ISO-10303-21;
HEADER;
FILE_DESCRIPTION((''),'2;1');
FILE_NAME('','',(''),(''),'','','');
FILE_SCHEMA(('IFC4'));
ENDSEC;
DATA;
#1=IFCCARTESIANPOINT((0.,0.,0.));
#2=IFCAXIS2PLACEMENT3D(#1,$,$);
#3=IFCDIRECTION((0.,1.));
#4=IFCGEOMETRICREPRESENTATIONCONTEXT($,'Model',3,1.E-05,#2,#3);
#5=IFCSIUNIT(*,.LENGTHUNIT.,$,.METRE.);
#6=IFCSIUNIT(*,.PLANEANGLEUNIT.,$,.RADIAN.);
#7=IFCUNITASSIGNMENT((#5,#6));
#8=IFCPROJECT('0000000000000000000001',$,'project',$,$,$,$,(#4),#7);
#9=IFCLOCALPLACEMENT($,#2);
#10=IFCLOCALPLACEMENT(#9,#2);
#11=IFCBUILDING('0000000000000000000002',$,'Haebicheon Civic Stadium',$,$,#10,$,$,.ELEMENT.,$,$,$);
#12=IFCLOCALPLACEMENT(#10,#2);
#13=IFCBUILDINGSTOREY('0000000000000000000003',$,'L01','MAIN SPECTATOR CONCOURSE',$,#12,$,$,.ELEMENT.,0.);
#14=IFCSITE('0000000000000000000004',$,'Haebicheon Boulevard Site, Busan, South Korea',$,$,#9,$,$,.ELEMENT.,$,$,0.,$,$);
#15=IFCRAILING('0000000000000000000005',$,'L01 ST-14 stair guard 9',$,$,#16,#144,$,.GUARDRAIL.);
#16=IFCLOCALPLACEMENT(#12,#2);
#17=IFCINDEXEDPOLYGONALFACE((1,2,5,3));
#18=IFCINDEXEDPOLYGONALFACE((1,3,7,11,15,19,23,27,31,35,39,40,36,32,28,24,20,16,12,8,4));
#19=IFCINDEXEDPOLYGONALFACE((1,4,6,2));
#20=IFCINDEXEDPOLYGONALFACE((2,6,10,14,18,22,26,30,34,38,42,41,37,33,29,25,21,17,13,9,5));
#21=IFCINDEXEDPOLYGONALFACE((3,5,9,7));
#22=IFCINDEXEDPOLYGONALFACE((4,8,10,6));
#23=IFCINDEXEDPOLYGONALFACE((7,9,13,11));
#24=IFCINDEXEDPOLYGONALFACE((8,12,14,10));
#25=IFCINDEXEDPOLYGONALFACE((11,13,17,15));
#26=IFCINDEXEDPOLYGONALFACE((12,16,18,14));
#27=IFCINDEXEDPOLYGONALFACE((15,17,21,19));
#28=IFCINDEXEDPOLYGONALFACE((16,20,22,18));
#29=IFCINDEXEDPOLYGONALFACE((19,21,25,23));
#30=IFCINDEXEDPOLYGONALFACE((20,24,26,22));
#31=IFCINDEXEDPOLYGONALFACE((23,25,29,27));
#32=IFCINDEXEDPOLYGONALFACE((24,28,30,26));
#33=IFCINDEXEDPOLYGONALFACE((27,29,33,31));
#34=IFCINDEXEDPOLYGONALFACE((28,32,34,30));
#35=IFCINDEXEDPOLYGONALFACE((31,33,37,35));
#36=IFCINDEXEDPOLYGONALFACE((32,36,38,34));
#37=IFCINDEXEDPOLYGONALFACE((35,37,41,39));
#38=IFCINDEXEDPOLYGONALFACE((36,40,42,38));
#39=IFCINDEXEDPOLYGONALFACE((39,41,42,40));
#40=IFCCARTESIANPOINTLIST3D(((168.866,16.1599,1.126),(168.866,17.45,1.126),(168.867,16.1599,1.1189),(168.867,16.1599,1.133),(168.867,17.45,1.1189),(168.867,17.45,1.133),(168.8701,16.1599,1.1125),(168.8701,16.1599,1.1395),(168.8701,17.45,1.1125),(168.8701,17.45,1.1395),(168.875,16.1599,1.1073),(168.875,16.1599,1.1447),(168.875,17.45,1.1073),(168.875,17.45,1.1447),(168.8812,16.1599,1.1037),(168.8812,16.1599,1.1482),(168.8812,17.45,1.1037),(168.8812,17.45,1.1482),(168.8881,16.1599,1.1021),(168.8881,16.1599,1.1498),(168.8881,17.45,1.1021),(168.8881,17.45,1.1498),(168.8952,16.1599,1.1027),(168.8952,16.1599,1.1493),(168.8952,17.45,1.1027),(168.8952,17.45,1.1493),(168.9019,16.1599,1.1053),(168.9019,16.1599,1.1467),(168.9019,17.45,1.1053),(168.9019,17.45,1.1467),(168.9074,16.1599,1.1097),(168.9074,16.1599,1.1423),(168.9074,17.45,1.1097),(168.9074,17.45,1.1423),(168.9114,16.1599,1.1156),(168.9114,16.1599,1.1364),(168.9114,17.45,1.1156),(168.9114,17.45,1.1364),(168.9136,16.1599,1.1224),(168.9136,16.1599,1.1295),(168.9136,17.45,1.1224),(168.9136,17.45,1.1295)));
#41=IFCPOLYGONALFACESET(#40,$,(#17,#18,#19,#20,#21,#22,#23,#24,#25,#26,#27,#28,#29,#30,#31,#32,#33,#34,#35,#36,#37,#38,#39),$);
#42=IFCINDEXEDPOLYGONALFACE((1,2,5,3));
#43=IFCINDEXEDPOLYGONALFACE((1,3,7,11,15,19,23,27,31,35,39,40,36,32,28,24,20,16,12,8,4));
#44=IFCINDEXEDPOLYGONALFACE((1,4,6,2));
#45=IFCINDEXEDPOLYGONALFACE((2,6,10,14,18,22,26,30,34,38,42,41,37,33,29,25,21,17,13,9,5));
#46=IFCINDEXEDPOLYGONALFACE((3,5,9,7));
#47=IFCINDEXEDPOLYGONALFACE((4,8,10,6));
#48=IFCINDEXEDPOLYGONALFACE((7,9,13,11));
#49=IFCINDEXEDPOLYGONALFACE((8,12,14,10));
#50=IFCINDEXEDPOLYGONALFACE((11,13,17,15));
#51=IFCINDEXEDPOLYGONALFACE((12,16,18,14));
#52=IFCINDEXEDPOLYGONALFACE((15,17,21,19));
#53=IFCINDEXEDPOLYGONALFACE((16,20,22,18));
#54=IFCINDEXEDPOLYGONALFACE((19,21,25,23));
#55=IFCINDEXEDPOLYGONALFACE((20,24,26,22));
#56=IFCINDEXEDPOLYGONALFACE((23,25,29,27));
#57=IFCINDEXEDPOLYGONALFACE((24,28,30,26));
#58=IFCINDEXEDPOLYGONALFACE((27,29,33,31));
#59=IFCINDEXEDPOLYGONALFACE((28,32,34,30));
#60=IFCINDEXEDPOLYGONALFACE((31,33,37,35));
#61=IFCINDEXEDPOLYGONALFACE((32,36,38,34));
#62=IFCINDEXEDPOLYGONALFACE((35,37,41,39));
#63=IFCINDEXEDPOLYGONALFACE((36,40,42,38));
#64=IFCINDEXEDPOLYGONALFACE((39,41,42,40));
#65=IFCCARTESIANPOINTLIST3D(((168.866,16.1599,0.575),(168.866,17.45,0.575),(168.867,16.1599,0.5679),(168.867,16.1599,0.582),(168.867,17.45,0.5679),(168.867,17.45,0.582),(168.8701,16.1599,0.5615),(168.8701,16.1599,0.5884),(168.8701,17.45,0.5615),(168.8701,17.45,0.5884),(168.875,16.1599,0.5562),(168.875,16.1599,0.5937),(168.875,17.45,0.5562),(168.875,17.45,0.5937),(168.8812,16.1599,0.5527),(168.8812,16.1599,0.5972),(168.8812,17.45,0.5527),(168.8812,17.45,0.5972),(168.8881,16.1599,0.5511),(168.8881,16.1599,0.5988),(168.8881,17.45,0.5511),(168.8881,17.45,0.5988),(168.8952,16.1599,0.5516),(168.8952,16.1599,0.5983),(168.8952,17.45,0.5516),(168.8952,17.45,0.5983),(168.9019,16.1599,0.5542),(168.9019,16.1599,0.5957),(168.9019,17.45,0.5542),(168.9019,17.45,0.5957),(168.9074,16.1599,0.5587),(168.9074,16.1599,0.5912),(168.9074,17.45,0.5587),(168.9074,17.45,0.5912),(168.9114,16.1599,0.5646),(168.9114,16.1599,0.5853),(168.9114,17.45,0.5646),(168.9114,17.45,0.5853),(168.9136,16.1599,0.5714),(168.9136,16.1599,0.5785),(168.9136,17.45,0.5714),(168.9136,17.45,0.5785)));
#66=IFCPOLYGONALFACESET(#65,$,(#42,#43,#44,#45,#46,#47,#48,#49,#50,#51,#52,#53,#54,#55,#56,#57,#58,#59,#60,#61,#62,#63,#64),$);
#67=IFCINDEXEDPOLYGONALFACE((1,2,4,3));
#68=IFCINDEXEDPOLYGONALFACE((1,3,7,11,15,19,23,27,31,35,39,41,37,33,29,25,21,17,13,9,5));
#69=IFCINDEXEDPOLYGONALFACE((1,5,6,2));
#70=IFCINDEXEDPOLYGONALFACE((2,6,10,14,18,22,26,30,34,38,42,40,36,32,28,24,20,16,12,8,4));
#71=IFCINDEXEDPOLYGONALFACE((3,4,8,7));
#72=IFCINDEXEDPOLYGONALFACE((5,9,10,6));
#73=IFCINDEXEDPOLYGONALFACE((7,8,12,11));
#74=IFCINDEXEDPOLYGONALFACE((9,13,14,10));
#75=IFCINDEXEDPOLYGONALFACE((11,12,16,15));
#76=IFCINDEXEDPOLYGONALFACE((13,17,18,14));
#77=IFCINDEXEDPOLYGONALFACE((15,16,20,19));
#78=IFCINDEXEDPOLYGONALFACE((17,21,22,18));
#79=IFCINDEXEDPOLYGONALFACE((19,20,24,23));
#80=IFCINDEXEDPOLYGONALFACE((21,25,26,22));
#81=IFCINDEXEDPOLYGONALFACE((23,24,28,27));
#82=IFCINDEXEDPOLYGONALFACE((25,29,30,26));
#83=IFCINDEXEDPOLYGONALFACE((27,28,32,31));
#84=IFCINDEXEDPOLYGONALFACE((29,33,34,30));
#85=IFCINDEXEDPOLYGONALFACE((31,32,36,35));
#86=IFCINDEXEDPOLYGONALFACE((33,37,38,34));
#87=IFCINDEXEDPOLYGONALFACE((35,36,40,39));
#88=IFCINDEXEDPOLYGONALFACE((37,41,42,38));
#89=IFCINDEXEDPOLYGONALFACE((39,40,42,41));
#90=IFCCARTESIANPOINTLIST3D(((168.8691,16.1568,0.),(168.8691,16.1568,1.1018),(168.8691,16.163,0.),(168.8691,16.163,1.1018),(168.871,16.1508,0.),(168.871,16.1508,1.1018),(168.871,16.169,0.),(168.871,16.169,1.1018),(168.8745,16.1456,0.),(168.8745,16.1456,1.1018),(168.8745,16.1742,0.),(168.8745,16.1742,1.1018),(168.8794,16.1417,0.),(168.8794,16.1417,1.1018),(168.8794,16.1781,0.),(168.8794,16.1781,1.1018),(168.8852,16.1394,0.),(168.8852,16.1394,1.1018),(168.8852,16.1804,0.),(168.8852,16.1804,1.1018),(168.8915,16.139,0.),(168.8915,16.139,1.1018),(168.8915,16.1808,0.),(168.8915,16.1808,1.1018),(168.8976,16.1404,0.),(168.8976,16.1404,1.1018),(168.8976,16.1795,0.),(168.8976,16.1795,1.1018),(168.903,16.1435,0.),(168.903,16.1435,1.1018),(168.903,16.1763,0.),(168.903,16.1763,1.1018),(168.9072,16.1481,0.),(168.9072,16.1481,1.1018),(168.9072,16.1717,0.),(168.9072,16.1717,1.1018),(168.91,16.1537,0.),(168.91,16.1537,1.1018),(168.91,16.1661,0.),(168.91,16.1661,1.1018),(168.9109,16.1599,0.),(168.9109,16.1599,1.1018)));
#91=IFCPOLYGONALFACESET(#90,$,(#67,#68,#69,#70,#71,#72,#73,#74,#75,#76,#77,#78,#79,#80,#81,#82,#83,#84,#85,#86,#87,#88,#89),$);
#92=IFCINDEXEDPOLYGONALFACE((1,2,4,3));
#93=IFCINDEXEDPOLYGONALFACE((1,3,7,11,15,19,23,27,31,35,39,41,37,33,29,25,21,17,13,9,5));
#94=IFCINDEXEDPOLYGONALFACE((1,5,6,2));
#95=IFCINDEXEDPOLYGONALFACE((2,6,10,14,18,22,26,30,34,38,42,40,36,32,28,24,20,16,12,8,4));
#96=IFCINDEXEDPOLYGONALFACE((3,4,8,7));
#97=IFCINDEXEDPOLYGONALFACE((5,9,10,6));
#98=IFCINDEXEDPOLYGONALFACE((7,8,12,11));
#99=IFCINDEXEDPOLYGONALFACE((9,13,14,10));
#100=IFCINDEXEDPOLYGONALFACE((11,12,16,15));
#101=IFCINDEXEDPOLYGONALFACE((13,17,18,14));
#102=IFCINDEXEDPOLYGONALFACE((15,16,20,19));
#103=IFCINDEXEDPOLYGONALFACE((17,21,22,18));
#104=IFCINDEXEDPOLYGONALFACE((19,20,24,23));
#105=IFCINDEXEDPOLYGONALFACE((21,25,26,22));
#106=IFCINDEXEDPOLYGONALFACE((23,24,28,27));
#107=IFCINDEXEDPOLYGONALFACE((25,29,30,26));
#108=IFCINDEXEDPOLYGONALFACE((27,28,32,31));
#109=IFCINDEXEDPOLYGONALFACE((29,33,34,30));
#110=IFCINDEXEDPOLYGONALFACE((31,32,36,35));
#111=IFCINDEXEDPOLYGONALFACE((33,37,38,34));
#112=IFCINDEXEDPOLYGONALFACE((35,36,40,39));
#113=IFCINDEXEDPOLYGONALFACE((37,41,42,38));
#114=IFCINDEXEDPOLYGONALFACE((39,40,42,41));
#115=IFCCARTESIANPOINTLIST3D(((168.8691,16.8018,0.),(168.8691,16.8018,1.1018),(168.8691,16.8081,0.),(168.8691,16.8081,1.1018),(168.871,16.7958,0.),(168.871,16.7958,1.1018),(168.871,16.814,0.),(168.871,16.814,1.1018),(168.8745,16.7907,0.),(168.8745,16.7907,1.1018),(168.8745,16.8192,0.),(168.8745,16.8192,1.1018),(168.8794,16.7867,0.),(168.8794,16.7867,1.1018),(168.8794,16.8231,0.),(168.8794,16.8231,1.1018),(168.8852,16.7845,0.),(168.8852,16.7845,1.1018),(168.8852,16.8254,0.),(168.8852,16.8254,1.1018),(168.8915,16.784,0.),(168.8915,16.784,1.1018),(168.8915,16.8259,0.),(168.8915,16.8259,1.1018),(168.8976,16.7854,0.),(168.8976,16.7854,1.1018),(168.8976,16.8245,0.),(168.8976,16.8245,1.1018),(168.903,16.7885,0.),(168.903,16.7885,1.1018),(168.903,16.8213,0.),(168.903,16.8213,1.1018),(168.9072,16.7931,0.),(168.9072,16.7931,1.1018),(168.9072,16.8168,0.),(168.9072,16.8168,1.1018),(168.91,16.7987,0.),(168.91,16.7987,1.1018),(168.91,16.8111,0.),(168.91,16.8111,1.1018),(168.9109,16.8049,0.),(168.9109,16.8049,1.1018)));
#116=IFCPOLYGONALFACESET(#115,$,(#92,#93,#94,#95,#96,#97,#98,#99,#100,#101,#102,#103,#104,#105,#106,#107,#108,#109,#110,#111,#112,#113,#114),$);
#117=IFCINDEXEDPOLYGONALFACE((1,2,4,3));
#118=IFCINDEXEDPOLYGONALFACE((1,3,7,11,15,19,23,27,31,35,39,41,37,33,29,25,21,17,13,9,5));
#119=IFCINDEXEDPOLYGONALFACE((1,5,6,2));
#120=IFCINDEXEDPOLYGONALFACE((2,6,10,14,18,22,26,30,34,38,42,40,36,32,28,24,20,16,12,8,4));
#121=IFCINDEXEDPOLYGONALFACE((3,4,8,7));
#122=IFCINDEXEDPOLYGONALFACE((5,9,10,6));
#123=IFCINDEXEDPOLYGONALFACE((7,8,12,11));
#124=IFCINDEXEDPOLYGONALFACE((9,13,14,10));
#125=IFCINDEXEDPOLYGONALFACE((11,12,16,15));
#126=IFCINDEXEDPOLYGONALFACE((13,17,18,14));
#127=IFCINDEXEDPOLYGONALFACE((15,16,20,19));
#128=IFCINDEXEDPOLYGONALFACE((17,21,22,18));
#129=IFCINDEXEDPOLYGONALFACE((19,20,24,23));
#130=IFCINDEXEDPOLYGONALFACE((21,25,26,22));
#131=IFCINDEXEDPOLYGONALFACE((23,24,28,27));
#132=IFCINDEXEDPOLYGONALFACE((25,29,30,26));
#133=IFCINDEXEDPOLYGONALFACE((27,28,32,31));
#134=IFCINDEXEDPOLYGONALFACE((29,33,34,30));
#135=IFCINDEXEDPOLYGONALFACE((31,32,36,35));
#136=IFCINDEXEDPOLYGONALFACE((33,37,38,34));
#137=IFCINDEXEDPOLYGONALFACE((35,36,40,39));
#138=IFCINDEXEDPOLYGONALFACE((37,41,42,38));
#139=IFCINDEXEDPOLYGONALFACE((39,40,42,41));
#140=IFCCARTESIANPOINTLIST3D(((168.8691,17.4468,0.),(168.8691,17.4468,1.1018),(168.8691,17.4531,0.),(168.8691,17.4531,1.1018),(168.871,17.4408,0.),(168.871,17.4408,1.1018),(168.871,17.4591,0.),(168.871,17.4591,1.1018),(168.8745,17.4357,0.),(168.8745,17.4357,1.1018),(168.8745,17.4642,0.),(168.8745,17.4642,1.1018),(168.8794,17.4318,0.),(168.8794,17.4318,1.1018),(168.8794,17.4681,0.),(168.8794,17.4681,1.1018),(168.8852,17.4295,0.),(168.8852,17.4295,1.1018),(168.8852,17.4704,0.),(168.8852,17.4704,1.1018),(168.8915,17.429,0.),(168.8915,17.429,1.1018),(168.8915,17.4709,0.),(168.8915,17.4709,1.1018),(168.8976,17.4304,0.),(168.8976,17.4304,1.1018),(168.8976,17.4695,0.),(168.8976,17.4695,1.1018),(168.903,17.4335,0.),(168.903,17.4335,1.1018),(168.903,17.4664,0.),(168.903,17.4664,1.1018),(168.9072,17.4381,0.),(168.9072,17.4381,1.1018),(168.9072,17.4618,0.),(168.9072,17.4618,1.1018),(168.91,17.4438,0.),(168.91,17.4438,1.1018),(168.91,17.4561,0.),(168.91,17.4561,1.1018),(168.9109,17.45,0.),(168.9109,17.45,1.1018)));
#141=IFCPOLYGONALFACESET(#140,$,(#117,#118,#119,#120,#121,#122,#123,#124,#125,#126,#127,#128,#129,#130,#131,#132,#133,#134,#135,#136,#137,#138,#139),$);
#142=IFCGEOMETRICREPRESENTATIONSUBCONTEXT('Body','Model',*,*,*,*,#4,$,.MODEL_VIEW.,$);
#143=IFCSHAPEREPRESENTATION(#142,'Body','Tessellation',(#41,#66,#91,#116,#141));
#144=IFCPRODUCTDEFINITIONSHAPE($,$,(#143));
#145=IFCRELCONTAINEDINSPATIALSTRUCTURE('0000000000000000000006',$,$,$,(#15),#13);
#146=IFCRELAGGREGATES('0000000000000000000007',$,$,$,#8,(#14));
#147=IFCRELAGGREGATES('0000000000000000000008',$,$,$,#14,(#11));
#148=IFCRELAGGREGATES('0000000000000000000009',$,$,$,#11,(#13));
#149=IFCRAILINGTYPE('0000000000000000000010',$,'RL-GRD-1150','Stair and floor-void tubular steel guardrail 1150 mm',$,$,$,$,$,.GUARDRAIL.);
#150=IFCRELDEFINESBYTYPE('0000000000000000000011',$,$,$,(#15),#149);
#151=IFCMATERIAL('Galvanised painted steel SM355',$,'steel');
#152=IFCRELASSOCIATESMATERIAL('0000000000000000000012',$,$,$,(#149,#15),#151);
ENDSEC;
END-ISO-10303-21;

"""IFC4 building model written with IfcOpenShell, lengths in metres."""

from ifc_helpers import new_model, si_unit, direction, frame, origin, origin_2d, place, context, subcontext, project, spatial, circle, extrude, material, type_object, element, save


model = new_model("IFC4")

# Units and contexts
model_context = context("Model", 3, precision=1e-05, world=origin(), true_north=direction((0.0, 1.0)))
body_context = subcontext(model_context, "Body", "Model", "MODEL_VIEW")
ifc_project = project(units=[si_unit("LENGTHUNIT", "METRE"), si_unit("PLANEANGLEUNIT", "RADIAN")], contexts=[model_context])

# Site, building, storey
site_placement = place(None, origin())
site = spatial("IfcSite", under=ifc_project, at=site_placement, Name="Haebicheon Boulevard Site, Busan, South Korea", CompositionType="ELEMENT", RefElevation=0.0)
building_placement = place(site_placement, origin())
building = spatial("IfcBuilding", under=site, at=building_placement, Name="Haebicheon Civic Stadium", CompositionType="ELEMENT")
storey_placement = place(building_placement, origin())
storey = spatial("IfcBuildingStorey", under=building, at=storey_placement, Name="L01", Description="MAIN SPECTATOR CONCOURSE", CompositionType="ELEMENT", Elevation=0.0)

# Railing
ifc_material_1 = material(Name="Galvanised painted steel SM355", Category="steel")
railing_type = type_object("IfcRailingType", Name="RL-GRD-1150", Description="Stair and floor-void tubular steel guardrail 1150 mm", PredefinedType="GUARDRAIL", material=ifc_material_1)
for number, where, name in (
    (1, (168.8899, 16.1599, 0.0), "L01 ST-14 stair guard 9"),
):
    element("IfcRailing", number, at=place(storey_placement, frame(where)), inside=storey, type_object=railing_type, material=ifc_material_1, Name=name, PredefinedType="GUARDRAIL", context=body_context, shape_type="SweptSolid", body=[
        extrude(circle(Radius=0.0239, at=origin_2d()), frame((0.0, 0.0, 1.126), z_axis=(0.0, 1.0, 0.0), x_axis=(-1.0, 0.0, 0.0)), (0.0, 0.0, 1.0), 1.29),
        extrude(circle(Radius=0.0239, at=origin_2d()), frame((0.0, 0.0, 0.575), z_axis=(0.0, 1.0, 0.0), x_axis=(-1.0, 0.0, 0.0)), (0.0, 0.0, 1.0), 1.29),
        extrude(circle(Radius=0.021, at=origin_2d()), origin(), (0.0, 0.0, 1.0), 1.1018),
        extrude(circle(Radius=0.021, at=origin_2d()), frame((0.0, 0.645, 0.0)), (0.0, 0.0, 1.0), 1.1018),
        extrude(circle(Radius=0.021, at=origin_2d()), frame((0.0, 1.29, 0.0)), (0.0, 0.0, 1.0), 1.1018),
    ])

save(model, "model.ifc")
